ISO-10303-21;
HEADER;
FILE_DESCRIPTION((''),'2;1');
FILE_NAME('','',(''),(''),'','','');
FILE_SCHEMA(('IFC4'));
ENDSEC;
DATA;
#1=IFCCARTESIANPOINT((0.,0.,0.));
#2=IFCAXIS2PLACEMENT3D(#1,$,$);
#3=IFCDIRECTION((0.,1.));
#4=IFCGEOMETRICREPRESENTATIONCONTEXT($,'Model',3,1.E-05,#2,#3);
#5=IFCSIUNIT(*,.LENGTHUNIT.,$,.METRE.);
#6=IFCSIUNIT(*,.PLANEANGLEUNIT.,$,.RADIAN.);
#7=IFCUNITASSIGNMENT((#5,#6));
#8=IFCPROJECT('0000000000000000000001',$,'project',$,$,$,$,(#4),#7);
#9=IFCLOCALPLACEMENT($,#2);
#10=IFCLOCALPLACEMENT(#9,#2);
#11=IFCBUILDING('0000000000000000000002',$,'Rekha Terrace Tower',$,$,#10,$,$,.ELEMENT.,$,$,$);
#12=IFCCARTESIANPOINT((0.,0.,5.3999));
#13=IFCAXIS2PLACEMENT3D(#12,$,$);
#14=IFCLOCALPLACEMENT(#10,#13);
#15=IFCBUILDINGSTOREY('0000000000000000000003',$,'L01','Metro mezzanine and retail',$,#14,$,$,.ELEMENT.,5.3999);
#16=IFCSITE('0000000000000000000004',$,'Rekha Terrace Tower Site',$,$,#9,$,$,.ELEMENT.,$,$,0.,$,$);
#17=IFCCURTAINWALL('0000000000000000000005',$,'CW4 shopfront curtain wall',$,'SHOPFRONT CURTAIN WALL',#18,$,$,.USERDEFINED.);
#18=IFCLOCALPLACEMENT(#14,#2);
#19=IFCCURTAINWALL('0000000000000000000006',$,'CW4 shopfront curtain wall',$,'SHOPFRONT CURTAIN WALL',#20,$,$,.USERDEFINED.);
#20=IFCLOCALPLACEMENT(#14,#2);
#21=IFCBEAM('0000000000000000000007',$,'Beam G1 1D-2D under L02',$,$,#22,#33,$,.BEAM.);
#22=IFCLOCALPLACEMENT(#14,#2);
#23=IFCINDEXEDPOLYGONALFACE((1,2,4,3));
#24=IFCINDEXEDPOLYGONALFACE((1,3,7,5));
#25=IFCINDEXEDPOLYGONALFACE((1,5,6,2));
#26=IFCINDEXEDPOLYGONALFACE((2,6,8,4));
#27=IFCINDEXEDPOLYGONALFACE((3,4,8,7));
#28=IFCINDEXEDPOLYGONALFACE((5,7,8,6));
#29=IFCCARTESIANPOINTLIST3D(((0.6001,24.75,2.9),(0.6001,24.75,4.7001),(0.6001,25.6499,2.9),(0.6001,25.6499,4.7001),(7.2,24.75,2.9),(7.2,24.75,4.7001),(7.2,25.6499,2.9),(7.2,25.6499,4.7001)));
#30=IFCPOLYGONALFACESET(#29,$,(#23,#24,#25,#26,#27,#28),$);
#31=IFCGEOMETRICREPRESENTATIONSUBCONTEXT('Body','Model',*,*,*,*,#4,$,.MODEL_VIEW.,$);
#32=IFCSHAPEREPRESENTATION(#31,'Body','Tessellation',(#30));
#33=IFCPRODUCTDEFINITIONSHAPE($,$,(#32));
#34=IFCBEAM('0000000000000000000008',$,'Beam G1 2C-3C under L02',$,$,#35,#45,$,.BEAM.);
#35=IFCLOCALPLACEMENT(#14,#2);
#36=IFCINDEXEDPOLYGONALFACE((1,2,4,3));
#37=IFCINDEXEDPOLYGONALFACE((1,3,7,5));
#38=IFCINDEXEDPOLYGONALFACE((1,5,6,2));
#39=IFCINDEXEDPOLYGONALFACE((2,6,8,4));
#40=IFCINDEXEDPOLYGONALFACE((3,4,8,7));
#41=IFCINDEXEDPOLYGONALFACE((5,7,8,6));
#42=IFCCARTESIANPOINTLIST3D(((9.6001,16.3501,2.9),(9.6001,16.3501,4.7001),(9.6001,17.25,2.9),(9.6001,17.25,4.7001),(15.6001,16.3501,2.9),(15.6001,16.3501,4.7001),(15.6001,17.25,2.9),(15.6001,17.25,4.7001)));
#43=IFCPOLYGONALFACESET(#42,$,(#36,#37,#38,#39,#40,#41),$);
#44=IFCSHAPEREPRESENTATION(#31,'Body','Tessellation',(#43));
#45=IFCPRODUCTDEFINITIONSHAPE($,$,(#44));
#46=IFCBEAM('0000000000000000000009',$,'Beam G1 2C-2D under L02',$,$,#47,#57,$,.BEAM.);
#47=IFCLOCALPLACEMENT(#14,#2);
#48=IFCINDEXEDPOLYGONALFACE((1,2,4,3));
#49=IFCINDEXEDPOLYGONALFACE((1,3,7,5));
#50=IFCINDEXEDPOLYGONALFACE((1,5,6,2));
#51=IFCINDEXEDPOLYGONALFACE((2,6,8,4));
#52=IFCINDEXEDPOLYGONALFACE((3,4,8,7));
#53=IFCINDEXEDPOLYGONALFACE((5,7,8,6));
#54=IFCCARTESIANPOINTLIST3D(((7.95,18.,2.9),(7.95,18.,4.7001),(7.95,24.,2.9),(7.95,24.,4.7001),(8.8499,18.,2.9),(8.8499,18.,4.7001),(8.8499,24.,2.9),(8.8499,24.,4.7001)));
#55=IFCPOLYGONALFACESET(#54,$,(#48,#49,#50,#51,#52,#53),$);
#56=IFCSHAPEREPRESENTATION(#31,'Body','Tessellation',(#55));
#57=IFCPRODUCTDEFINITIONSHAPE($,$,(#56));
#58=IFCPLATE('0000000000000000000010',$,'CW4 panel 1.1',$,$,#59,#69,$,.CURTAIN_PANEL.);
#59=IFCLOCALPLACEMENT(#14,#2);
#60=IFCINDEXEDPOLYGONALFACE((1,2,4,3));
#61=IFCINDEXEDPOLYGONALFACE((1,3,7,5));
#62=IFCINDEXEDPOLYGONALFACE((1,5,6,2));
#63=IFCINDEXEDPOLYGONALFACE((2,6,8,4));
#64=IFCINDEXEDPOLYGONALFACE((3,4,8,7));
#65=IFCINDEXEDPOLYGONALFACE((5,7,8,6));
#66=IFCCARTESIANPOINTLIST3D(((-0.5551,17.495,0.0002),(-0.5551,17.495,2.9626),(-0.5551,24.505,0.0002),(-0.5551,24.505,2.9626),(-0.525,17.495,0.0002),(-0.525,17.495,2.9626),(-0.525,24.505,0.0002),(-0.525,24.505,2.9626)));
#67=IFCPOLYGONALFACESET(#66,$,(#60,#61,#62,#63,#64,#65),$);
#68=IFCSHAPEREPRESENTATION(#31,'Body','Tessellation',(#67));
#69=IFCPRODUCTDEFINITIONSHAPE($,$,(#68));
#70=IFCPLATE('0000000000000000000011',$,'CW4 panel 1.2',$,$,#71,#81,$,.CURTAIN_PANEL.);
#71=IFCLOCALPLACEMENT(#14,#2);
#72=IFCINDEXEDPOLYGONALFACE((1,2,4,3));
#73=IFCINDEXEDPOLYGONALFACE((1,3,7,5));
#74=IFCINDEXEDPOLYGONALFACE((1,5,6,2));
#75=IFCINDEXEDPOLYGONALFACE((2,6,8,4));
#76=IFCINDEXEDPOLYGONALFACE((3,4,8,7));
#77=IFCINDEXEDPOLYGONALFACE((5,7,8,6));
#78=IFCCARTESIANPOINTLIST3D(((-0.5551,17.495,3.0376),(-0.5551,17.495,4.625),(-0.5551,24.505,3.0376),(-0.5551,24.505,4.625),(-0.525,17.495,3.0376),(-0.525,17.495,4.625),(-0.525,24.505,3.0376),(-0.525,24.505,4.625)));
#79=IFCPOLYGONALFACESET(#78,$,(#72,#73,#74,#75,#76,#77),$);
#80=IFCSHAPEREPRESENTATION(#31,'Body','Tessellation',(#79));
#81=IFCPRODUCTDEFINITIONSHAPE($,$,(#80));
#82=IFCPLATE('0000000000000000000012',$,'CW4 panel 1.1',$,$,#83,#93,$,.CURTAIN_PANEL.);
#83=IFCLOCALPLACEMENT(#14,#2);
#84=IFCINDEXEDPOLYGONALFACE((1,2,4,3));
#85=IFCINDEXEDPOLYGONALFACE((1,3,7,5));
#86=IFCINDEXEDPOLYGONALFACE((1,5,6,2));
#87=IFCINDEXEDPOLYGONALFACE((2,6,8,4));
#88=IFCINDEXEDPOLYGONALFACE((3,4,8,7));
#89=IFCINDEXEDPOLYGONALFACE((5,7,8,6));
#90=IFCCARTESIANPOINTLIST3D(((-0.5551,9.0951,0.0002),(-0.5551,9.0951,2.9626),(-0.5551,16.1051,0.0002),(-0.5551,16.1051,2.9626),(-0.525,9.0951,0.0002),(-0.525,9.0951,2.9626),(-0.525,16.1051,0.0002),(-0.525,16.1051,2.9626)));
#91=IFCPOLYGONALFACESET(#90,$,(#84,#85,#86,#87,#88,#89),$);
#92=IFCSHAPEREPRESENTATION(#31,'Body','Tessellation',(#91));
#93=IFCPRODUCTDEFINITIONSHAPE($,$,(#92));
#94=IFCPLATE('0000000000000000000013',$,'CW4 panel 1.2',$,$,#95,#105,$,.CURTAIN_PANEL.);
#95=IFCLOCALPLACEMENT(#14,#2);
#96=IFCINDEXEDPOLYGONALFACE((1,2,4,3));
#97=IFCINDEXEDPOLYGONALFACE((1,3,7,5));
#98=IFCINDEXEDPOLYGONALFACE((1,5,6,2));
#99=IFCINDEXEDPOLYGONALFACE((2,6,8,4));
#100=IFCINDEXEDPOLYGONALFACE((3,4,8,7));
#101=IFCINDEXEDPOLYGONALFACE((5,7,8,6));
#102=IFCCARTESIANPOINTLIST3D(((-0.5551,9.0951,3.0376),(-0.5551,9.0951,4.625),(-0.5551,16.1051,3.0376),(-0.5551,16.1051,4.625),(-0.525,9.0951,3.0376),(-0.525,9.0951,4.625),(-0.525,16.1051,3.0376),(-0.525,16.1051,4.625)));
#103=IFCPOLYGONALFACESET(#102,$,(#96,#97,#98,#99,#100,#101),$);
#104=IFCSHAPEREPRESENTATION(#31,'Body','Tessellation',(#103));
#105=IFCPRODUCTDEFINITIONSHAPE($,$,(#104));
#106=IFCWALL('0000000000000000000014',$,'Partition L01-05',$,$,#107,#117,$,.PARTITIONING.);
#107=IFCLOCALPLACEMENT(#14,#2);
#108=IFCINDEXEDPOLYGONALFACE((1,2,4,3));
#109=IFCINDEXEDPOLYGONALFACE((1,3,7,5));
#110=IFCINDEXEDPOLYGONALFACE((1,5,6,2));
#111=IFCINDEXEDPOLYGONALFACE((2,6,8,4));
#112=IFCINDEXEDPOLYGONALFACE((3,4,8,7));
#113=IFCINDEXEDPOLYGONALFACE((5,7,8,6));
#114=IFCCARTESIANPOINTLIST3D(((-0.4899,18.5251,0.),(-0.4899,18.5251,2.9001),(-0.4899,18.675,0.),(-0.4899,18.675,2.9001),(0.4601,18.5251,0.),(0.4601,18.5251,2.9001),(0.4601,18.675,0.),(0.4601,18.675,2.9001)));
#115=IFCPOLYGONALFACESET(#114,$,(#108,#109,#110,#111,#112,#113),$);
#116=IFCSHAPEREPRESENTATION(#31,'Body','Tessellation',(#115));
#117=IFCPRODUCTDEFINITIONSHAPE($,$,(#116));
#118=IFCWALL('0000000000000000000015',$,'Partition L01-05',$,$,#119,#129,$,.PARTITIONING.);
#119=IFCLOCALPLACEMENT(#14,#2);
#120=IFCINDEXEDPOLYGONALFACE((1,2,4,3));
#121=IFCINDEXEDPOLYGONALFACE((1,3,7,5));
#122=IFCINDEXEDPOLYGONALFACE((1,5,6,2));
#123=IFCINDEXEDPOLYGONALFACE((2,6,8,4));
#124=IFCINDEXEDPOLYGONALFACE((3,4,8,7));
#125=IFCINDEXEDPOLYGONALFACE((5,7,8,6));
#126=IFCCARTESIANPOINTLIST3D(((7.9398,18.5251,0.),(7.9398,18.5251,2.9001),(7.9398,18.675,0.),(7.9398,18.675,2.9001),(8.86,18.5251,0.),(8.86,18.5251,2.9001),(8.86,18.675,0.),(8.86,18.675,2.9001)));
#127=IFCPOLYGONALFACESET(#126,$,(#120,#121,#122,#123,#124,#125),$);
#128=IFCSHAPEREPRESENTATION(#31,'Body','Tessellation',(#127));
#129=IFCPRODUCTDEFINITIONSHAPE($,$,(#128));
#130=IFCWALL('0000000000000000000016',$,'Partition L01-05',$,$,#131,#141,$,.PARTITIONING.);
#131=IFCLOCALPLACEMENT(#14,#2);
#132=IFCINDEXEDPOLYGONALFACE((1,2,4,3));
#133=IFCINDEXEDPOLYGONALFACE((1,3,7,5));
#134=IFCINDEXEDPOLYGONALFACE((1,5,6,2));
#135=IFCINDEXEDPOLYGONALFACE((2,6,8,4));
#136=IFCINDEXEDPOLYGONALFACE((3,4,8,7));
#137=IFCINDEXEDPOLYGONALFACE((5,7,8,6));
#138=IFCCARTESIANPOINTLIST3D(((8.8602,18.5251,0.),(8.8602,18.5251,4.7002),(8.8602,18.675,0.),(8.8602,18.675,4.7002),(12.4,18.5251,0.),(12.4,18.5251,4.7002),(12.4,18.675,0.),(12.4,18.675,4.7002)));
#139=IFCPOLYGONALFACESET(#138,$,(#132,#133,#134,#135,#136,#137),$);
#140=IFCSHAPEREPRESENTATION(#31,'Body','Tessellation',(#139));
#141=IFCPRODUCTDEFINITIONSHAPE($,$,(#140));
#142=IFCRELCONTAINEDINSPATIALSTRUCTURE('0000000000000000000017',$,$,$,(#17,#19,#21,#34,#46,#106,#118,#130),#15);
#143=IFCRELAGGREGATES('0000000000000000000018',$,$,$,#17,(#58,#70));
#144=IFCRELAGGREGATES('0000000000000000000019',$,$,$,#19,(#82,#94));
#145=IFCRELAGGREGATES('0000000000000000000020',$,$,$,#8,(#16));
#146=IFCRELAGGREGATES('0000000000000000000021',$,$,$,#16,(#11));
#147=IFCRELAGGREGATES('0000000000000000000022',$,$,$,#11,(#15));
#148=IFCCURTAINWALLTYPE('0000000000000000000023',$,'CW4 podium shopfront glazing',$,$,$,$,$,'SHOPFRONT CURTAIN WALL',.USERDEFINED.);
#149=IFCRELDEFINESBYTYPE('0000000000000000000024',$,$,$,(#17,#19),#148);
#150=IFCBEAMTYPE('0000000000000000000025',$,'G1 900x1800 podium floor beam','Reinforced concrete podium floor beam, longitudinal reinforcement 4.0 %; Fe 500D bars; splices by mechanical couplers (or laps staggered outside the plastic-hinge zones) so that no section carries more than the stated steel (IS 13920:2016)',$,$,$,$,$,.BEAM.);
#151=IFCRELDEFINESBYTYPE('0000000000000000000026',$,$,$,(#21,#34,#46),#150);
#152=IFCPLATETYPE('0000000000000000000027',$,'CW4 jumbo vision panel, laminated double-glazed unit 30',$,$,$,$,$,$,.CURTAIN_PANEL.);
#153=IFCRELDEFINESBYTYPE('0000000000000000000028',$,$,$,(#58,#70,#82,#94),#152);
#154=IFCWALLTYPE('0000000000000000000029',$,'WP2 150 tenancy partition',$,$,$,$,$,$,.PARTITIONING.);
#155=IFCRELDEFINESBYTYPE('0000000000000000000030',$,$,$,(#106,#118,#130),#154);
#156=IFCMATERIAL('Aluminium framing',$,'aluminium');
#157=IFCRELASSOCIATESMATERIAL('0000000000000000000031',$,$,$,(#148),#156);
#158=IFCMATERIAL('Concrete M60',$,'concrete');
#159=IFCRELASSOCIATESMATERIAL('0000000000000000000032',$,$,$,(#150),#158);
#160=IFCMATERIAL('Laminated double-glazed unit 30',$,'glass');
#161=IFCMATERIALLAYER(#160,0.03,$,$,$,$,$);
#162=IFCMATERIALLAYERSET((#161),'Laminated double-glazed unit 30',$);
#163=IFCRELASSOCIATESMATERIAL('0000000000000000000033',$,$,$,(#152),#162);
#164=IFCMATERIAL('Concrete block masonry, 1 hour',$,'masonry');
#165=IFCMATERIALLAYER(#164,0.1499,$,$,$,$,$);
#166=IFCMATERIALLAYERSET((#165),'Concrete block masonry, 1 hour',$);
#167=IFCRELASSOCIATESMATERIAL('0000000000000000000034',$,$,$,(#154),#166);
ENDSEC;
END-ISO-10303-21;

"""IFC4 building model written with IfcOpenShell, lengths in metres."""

from ifc_helpers import new_model, si_unit, direction, frame, frame_2d, origin, origin_2d, place, context, subcontext, project, spatial, rectangle, extrude, material, layer, layer_set, material_profile, profile_set, type_object, element, aggregate, save


model = new_model("IFC4")

# Units and contexts
model_context = context("Model", 3, precision=1e-05, world=origin(), true_north=direction((0.0, 1.0)))
body_context = subcontext(model_context, "Body", "Model", "MODEL_VIEW")
ifc_project = project(units=[si_unit("LENGTHUNIT", "METRE"), si_unit("PLANEANGLEUNIT", "RADIAN")], contexts=[model_context])

# Site, building, storey
site_placement = place(None, origin())
site = spatial("IfcSite", under=ifc_project, at=site_placement, Name="Rekha Terrace Tower Site", CompositionType="ELEMENT", RefElevation=0.0)
building_placement = place(site_placement, origin())
building = spatial("IfcBuilding", under=site, at=building_placement, Name="Rekha Terrace Tower", CompositionType="ELEMENT")
storey_placement = place(building_placement, frame((0.0, 0.0, 5.3999)))
storey = spatial("IfcBuildingStorey", under=building, at=storey_placement, Name="L01", Description="Metro mezzanine and retail", CompositionType="ELEMENT", Elevation=5.3999)

# Shared definitions
ifc_material_1 = material(Name="Concrete M60", Category="concrete")

# Curtain wall
ifc_material_2 = material(Name="Aluminium framing", Category="aluminium")
curtain_wall_type = type_object("IfcCurtainWallType", Name="CW4 podium shopfront glazing", ElementType="SHOPFRONT CURTAIN WALL", PredefinedType="USERDEFINED", material=ifc_material_2)
curtain_wall_1_placement = place(storey_placement, origin())
curtain_wall_1 = element("IfcCurtainWall", 1, at=curtain_wall_1_placement, inside=storey, type_object=curtain_wall_type, Name="CW4 shopfront curtain wall", ObjectType="SHOPFRONT CURTAIN WALL", PredefinedType="USERDEFINED")

# Curtain wall
curtain_wall_2_placement = place(storey_placement, origin())
curtain_wall_2 = element("IfcCurtainWall", 2, at=curtain_wall_2_placement, inside=storey, type_object=curtain_wall_type, Name="CW4 shopfront curtain wall", ObjectType="SHOPFRONT CURTAIN WALL", PredefinedType="USERDEFINED")

# Beams
ifc_material_profile_1 = material_profile(ifc_material_1, rectangle(XDim=0.8999, YDim=1.8, at=origin_2d()), Name="RC 900x1800")
ifc_profile_set_1 = profile_set([ifc_material_profile_1], Name="Concrete M60")
beam_type = type_object("IfcBeamType", Name="G1 900x1800 podium floor beam", Description="Reinforced concrete podium floor beam, longitudinal reinforcement 4.0 %; Fe 500D bars; splices by mechanical couplers (or laps staggered outside the plastic-hinge zones) so that no section carries more than the stated steel (IS 13920:2016)", PredefinedType="BEAM", material=ifc_profile_set_1)
beam_1_placement = place(storey_placement, frame((0.6001, 25.2, 3.8), z_axis=(1.0, 0.0, 0.0), x_axis=(0.0, 1.0, 0.0)))
element("IfcBeam", 3, at=beam_1_placement, inside=storey, type_object=beam_type, Name="Beam G1 1D-2D under L02", PredefinedType="BEAM", context=body_context, shape_type="SweptSolid", body=[
    extrude(rectangle(XDim=0.8999, YDim=1.8, at=origin_2d()), origin(), (0.0, 0.0, 1.0), 6.5999),
])
for number, where, z_axis, x_axis, name in (
    (4, (9.6001, 16.8, 3.8), (1.0, 0.0, 0.0), (0.0, 1.0, 0.0), "Beam G1 2C-3C under L02"),
    (5, (8.3999, 18.0, 3.8), (0.0, 1.0, 0.0), (-1.0, 0.0, 0.0), "Beam G1 2C-2D under L02"),
):
    element("IfcBeam", number, at=place(storey_placement, frame(where, z_axis=z_axis, x_axis=x_axis)), inside=storey, type_object=beam_type, Name=name, PredefinedType="BEAM", context=body_context, shape_type="SweptSolid", body=[
        extrude(rectangle(XDim=0.8999, YDim=1.8, at=origin_2d()), origin(), (0.0, 0.0, 1.0), 6.0),
    ])

# Plates
ifc_material_3 = material(Name="Laminated double-glazed unit 30", Category="glass")
ifc_layer_1 = layer(ifc_material_3, 0.03)
ifc_layer_set_1 = layer_set([ifc_layer_1], Name="Laminated double-glazed unit 30")
plate_type = type_object("IfcPlateType", Name="CW4 jumbo vision panel, laminated double-glazed unit 30", PredefinedType="CURTAIN_PANEL", material=ifc_layer_set_1)
plate_1_placement = place(storey_placement, frame((-0.54, 21.0, 0.0002), z_axis=(0.0, 0.0, 1.0), x_axis=(0.0, -1.0, 0.0)))
plate_1 = element("IfcPlate", 6, at=plate_1_placement, type_object=plate_type, Name="CW4 panel 1.1", PredefinedType="CURTAIN_PANEL", context=body_context, shape_type="SweptSolid", body=[
    extrude(rectangle(XDim=7.01, YDim=0.03, at=origin_2d()), origin(), (0.0, 0.0, 1.0), 2.9624),
])
plate_2_placement = place(storey_placement, frame((-0.54, 21.0, 3.0376), z_axis=(0.0, 0.0, 1.0), x_axis=(0.0, -1.0, 0.0)))
plate_2 = element("IfcPlate", 7, at=plate_2_placement, type_object=plate_type, Name="CW4 panel 1.2", PredefinedType="CURTAIN_PANEL", context=body_context, shape_type="SweptSolid", body=[
    extrude(rectangle(XDim=7.01, YDim=0.03, at=origin_2d()), origin(), (0.0, 0.0, 1.0), 1.5874),
])
aggregate(curtain_wall_1, [plate_1, plate_2])
plate_3_placement = place(storey_placement, frame((-0.54, 12.6001, 0.0002), z_axis=(0.0, 0.0, 1.0), x_axis=(0.0, -1.0, 0.0)))
plate_3 = element("IfcPlate", 8, at=plate_3_placement, type_object=plate_type, Name="CW4 panel 1.1", PredefinedType="CURTAIN_PANEL", context=body_context, shape_type="SweptSolid", body=[
    extrude(rectangle(XDim=7.01, YDim=0.03, at=origin_2d()), origin(), (0.0, 0.0, 1.0), 2.9624),
])
plate_4_placement = place(storey_placement, frame((-0.54, 12.6001, 3.0376), z_axis=(0.0, 0.0, 1.0), x_axis=(0.0, -1.0, 0.0)))
plate_4 = element("IfcPlate", 9, at=plate_4_placement, type_object=plate_type, Name="CW4 panel 1.2", PredefinedType="CURTAIN_PANEL", context=body_context, shape_type="SweptSolid", body=[
    extrude(rectangle(XDim=7.01, YDim=0.03, at=origin_2d()), origin(), (0.0, 0.0, 1.0), 1.5874),
])
aggregate(curtain_wall_2, [plate_3, plate_4])

# Wall
ifc_material_4 = material(Name="Concrete block masonry, 1 hour", Category="masonry")
ifc_layer_2 = layer(ifc_material_4, 0.1499)
ifc_layer_set_2 = layer_set([ifc_layer_2], Name="Concrete block masonry, 1 hour")
wall_type = type_object("IfcWallType", Name="WP2 150 tenancy partition", PredefinedType="PARTITIONING", material=ifc_layer_set_2)
wall_1_placement = place(storey_placement, frame((-0.49, 18.6001, 0.0), z_axis=(0.0, 0.0, 1.0), x_axis=(1.0, 0.0, 0.0)))
element("IfcWall", 10, at=wall_1_placement, inside=storey, type_object=wall_type, Name="Partition L01-05", PredefinedType="PARTITIONING", context=body_context, shape_type="SweptSolid", body=[
    extrude(rectangle(XDim=0.95, YDim=0.1499, at=frame_2d((0.4751, 0.0))), origin(), (0.0, 0.0, 1.0), 2.9001),
])

# Walls
wall_2_placement = place(storey_placement, frame((7.9399, 18.6001, 0.0), z_axis=(0.0, 0.0, 1.0), x_axis=(1.0, 0.0, 0.0)))
element("IfcWall", 11, at=wall_2_placement, inside=storey, type_object=wall_type, Name="Partition L01-05", PredefinedType="PARTITIONING", context=body_context, shape_type="SweptSolid", body=[
    extrude(rectangle(XDim=0.9202, YDim=0.1499, at=frame_2d((0.46, 0.0))), origin(), (0.0, 0.0, 1.0), 2.9001),
])
wall_3_placement = place(storey_placement, frame((8.8601, 18.6001, 0.0), z_axis=(0.0, 0.0, 1.0), x_axis=(1.0, 0.0, 0.0)))
element("IfcWall", 12, at=wall_3_placement, inside=storey, type_object=wall_type, Name="Partition L01-05", PredefinedType="PARTITIONING", context=body_context, shape_type="SweptSolid", body=[
    extrude(rectangle(XDim=3.5398, YDim=0.1499, at=frame_2d((1.77, 0.0))), origin(), (0.0, 0.0, 1.0), 4.7002),
])

save(model, "model.ifc")
